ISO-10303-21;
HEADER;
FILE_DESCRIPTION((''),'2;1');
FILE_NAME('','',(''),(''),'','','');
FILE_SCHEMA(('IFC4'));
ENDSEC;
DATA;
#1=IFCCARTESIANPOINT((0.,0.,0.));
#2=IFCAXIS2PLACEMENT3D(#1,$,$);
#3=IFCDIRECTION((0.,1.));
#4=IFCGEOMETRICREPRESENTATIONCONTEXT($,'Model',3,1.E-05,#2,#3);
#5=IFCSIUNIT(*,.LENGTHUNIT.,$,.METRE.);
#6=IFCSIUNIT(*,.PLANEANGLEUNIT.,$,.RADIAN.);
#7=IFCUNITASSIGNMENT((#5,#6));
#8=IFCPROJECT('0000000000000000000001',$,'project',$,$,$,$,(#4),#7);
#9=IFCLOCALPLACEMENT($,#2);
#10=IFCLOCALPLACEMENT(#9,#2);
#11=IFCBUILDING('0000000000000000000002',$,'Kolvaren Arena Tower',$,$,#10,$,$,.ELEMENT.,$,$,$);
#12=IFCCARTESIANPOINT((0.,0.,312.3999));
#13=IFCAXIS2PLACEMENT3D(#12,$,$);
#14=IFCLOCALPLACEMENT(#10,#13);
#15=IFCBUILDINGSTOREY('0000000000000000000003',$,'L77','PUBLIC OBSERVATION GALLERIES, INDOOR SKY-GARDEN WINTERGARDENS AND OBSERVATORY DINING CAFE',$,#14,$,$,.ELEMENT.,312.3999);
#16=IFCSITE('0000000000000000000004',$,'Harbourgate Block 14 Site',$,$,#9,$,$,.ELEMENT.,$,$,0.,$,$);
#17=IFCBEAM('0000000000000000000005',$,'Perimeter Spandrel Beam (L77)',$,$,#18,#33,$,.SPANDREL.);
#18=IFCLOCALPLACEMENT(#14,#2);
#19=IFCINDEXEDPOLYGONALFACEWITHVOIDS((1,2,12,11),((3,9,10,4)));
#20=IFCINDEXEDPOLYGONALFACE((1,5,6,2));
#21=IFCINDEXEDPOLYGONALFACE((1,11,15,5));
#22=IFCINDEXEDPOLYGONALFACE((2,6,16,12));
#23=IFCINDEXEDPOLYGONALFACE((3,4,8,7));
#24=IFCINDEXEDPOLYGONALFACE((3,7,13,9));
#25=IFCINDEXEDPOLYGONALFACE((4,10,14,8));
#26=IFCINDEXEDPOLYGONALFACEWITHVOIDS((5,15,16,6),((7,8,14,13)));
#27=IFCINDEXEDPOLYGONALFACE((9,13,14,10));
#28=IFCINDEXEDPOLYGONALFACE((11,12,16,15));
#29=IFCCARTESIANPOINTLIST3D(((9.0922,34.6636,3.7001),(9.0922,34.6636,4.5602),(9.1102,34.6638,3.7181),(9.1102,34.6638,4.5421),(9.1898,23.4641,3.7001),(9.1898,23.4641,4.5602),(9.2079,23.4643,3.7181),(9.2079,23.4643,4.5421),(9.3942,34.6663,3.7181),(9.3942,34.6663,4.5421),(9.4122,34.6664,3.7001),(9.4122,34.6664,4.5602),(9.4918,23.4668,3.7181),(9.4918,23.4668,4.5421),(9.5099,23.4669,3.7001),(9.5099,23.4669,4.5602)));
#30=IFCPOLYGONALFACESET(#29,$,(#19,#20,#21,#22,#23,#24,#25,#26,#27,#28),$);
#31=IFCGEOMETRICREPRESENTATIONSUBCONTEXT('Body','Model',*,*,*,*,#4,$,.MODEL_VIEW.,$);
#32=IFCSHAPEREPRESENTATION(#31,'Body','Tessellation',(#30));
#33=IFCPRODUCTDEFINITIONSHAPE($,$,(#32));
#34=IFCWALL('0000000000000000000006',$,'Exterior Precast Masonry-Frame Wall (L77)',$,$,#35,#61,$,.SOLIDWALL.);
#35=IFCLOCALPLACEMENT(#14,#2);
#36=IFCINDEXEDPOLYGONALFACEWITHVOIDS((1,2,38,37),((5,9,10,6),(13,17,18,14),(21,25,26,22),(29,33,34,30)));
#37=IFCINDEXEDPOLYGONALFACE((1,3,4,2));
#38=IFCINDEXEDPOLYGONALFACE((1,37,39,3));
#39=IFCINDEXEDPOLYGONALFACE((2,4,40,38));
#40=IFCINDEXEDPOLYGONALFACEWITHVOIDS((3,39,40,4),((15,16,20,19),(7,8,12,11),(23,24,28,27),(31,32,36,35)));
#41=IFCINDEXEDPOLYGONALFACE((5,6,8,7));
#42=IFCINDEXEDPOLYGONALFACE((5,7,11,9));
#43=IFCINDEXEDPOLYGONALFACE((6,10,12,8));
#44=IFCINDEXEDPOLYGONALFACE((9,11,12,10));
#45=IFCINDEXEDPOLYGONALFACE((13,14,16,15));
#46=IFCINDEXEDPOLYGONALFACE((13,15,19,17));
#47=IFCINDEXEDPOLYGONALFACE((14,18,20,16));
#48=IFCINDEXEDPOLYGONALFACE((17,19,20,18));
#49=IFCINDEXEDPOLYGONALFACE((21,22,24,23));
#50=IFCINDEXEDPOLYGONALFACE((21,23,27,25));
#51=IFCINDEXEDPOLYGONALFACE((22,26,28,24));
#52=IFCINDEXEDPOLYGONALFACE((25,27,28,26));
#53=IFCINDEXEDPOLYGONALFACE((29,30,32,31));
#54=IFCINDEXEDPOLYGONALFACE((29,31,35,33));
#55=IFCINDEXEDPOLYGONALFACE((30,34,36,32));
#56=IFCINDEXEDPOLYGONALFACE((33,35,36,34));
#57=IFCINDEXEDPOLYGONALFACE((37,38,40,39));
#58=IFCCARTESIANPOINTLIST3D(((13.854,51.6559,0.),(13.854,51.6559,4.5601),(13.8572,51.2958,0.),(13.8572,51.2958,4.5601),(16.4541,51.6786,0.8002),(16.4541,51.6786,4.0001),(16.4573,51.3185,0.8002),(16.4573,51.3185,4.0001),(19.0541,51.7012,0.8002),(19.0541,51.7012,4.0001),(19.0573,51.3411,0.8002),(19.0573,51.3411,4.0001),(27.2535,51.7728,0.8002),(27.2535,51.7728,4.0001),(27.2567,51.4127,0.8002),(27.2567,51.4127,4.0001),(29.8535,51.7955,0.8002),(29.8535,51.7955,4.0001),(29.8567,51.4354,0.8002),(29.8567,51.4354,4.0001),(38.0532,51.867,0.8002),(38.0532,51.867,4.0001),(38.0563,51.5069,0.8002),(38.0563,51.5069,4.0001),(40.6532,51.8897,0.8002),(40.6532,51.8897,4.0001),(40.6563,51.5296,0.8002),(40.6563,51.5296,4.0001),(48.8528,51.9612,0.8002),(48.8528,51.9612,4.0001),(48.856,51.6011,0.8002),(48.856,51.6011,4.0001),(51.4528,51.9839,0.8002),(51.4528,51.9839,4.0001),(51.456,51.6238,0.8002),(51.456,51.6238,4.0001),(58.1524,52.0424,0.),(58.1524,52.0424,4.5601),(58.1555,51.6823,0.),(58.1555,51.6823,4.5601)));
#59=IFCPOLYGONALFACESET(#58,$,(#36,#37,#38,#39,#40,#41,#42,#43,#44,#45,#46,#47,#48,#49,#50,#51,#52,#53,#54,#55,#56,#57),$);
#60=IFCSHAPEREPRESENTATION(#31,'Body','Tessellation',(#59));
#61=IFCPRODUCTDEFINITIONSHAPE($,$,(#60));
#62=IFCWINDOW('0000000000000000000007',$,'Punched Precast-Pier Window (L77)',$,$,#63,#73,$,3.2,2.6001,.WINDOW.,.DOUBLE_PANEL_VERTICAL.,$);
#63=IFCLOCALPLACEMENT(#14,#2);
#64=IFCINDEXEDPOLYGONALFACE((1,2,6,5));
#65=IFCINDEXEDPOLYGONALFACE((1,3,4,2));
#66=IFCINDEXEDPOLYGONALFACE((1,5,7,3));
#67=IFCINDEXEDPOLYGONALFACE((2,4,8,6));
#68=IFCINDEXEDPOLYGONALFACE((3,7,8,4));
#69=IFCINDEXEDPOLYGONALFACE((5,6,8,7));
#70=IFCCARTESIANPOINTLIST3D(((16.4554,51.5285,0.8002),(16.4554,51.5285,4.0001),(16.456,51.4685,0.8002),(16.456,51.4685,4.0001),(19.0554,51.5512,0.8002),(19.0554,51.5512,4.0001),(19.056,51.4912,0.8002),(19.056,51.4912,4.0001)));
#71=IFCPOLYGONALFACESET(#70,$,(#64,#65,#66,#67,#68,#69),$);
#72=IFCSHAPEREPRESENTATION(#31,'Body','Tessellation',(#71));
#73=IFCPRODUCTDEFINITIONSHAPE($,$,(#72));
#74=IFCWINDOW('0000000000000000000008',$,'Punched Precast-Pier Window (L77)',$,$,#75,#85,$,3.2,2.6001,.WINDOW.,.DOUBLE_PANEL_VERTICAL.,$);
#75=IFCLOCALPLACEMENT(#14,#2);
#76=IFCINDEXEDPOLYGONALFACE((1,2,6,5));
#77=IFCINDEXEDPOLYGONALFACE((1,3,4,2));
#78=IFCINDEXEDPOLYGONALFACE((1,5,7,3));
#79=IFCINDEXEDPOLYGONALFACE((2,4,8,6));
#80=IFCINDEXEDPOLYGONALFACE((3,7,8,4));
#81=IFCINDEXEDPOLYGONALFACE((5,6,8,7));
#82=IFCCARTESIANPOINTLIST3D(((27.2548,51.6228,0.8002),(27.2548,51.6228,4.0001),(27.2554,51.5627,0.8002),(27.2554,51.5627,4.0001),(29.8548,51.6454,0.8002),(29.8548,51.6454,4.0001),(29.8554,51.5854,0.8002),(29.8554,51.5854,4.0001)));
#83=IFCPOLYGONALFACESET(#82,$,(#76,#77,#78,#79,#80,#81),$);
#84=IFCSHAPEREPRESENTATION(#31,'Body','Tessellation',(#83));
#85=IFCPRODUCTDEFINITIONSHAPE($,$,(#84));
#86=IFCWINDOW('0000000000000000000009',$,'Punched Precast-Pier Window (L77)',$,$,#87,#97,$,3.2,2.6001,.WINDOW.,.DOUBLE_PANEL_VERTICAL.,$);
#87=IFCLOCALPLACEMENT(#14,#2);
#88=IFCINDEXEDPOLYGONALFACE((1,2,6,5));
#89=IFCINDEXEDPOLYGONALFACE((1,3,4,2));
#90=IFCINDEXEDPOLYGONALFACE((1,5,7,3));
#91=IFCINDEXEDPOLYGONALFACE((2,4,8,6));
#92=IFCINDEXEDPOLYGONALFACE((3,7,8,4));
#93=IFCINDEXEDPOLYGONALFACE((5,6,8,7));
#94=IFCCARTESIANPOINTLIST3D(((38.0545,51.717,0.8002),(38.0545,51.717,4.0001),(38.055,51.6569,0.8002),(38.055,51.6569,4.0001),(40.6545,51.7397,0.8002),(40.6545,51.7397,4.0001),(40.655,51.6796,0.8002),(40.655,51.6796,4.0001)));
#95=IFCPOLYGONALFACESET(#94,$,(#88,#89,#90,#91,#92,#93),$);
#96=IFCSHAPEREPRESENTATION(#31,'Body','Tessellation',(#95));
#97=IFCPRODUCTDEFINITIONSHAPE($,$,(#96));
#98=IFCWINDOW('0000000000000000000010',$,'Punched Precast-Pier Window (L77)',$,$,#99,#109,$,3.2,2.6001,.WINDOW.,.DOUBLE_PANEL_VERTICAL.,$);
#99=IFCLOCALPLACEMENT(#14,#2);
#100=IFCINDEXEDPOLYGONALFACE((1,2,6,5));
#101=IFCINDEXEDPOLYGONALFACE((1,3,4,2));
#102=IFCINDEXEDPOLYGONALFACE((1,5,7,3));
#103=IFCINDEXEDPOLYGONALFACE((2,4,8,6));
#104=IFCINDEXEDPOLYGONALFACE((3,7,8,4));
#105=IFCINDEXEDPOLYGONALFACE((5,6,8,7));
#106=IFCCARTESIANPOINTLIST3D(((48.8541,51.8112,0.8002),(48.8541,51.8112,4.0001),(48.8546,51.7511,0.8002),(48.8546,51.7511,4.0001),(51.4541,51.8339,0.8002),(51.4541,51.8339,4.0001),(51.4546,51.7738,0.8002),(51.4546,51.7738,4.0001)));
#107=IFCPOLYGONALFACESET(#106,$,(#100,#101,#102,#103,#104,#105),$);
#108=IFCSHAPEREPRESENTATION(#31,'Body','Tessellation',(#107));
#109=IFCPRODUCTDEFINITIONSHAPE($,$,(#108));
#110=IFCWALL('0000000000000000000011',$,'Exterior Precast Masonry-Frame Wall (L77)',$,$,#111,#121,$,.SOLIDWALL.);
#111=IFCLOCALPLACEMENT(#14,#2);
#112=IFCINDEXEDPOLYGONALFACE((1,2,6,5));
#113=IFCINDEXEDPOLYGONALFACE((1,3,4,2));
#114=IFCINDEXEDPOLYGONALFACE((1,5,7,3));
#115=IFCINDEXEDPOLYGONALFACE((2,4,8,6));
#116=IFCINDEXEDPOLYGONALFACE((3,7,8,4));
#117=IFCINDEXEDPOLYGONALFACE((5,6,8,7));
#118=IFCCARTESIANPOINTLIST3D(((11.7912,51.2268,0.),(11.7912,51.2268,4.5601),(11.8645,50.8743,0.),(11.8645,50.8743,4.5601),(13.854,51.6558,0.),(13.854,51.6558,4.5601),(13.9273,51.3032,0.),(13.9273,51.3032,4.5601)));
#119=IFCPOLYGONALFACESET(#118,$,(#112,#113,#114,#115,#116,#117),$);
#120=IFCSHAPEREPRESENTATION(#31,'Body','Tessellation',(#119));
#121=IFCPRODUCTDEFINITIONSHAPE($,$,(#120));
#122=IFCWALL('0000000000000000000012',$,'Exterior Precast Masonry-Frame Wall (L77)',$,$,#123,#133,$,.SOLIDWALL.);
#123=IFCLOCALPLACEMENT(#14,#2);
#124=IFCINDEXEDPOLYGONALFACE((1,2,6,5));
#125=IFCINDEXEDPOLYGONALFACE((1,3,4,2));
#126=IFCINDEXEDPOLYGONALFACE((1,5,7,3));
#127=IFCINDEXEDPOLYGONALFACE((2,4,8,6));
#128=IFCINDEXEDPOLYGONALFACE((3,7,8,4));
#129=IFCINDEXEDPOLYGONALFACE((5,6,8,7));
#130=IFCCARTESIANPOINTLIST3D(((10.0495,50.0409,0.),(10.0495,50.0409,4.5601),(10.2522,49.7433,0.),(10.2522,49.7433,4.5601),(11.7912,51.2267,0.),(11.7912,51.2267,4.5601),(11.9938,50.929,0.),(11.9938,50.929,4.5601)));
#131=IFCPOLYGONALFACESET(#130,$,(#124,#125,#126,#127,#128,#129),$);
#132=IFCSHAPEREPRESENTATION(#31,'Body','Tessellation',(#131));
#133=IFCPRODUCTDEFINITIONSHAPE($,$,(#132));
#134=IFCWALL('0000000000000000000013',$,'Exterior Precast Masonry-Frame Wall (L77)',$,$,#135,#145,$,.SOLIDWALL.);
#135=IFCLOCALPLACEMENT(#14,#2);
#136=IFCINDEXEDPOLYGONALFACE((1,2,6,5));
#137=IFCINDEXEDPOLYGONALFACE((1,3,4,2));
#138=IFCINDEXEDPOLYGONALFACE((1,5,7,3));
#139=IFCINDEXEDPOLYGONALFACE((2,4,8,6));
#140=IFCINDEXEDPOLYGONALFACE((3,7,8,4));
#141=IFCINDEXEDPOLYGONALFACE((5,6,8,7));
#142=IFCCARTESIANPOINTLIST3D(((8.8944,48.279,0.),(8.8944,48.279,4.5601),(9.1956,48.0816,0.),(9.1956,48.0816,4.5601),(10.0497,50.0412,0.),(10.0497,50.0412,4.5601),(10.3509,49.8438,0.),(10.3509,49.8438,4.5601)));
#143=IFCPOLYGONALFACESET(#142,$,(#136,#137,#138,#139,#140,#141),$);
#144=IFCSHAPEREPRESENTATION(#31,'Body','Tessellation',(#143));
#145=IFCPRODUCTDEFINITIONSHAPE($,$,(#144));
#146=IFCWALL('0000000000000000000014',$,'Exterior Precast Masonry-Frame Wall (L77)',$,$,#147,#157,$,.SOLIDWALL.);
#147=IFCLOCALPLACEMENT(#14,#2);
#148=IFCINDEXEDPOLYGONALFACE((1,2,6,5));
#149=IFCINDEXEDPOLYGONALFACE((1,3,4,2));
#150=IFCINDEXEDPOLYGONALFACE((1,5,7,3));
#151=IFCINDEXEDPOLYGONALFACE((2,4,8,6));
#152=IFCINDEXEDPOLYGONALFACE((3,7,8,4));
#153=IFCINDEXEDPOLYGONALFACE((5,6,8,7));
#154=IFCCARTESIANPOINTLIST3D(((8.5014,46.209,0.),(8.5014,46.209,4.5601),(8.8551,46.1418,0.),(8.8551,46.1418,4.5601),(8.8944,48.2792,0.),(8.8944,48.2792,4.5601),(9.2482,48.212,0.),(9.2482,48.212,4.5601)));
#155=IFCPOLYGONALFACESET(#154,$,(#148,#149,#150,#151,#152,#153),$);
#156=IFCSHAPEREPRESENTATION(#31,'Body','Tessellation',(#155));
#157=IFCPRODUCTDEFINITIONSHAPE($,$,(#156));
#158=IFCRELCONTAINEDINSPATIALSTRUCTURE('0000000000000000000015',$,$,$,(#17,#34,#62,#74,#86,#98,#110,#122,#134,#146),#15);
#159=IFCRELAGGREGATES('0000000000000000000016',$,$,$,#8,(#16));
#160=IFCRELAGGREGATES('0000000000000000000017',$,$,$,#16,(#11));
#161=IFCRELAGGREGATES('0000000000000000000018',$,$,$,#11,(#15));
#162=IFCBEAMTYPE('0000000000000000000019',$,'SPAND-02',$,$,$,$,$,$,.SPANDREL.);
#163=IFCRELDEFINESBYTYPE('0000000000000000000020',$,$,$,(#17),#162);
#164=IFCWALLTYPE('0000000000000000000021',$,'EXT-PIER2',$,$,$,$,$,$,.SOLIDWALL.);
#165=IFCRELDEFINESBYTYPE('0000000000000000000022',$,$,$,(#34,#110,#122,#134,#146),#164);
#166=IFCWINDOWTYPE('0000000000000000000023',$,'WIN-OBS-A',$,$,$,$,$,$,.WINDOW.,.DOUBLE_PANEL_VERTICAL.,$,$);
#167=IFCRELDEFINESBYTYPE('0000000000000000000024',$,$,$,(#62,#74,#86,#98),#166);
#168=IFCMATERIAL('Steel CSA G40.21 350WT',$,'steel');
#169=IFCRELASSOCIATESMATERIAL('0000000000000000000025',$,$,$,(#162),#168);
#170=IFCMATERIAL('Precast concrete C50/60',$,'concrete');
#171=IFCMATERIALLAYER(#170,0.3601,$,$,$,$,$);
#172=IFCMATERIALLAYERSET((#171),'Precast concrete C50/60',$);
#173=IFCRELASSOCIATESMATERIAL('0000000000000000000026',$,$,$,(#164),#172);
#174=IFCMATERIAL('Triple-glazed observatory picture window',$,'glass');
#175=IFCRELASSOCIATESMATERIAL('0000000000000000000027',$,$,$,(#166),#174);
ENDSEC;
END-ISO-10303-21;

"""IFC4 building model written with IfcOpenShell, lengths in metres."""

from ifc_helpers import new_model, si_unit, direction, frame, frame_2d, origin, origin_2d, place, context, subcontext, project, spatial, rectangle, hollow_rectangle, extrude, material, layer, layer_set, material_profile, profile_set, type_object, element, fill, save


model = new_model("IFC4")

# Units and contexts
model_context = context("Model", 3, precision=1e-05, world=origin(), true_north=direction((0.0, 1.0)))
body_context = subcontext(model_context, "Body", "Model", "MODEL_VIEW")
ifc_project = project(units=[si_unit("LENGTHUNIT", "METRE"), si_unit("PLANEANGLEUNIT", "RADIAN")], contexts=[model_context])

# Site, building, storey
site_placement = place(None, origin())
site = spatial("IfcSite", under=ifc_project, at=site_placement, Name="Harbourgate Block 14 Site", CompositionType="ELEMENT", RefElevation=0.0)
building_placement = place(site_placement, origin())
building = spatial("IfcBuilding", under=site, at=building_placement, Name="Kolvaren Arena Tower", CompositionType="ELEMENT")
storey_placement = place(building_placement, frame((0.0, 0.0, 312.3999)))
storey = spatial("IfcBuildingStorey", under=building, at=storey_placement, Name="L77", Description="PUBLIC OBSERVATION GALLERIES, INDOOR SKY-GARDEN WINTERGARDENS AND OBSERVATORY DINING CAFE", CompositionType="ELEMENT", Elevation=312.3999)

# Shared definitions
ifc_material_1 = material(Name="Precast concrete C50/60", Category="concrete")

# Beam
ifc_material_2 = material(Name="Steel CSA G40.21 350WT", Category="steel")
ifc_material_profile_1 = material_profile(ifc_material_2, hollow_rectangle(XDim=0.3201, YDim=0.8601, WallThickness=0.0181, at=origin_2d()), Name="HSS 860x320x18")
ifc_profile_set_1 = profile_set([ifc_material_profile_1], Name="Steel CSA G40.21 350WT")
beam_type_1 = type_object("IfcBeamType", Name="SPAND-02", PredefinedType="SPANDREL", material=ifc_profile_set_1)
for number, where, z_axis, x_axis, name in (
    (1, (9.2522, 34.665, 4.1301), (0.008719, -0.999962, 0.0), (0.999962, 0.008719, 0.0), "Perimeter Spandrel Beam (L77)"),
):
    element("IfcBeam", number, at=place(storey_placement, frame(where, z_axis=z_axis, x_axis=x_axis)), inside=storey, type_object=beam_type_1, Name=name, PredefinedType="SPANDREL", context=body_context, shape_type="SweptSolid", body=[
        extrude(hollow_rectangle(XDim=0.3201, YDim=0.8601, WallThickness=0.0181, at=origin_2d()), origin(), (0.0, 0.0, 1.0), 11.2),
    ])

# Wall, openings, windows
ifc_layer = layer(ifc_material_1, 0.3601)
ifc_layer_set = layer_set([ifc_layer], Name="Precast concrete C50/60")
wall_type = type_object("IfcWallType", Name="EXT-PIER2", PredefinedType="SOLIDWALL", material=ifc_layer_set)
wall_placement = place(storey_placement, frame((13.8557, 51.4758, 0.0), z_axis=(0.0, 0.0, 1.0), x_axis=(0.999962, 0.008724, 0.0)))
wall = element("IfcWall", 2, at=wall_placement, inside=storey, type_object=wall_type, Name="Exterior Precast Masonry-Frame Wall (L77)", PredefinedType="SOLIDWALL", context=body_context, shape_type="SweptSolid", body=[
    extrude(rectangle(XDim=44.3, YDim=0.3601, at=frame_2d((22.1499, 0.0))), origin(), (0.0, 0.0, 1.0), 4.5601),
])
opening_1_placement = place(wall_placement, frame((2.6001, 0.0, 0.8)))
opening_1 = element("IfcOpeningElement", 3, at=opening_1_placement, cuts=wall, PredefinedType="OPENING", context=body_context, shape_type="SweptSolid", body=[
    extrude(rectangle(XDim=2.6001, YDim=3.2, at=frame_2d((1.3, 1.6001))), frame((0.0, 0.1899, 0.0), z_axis=(0.0, -1.0, 0.0), x_axis=(1.0, 0.0, 0.0)), (0.0, 0.0, 1.0), 0.3801),
])
opening_2_placement = place(wall_placement, frame((13.3999, 0.0, 0.8)))
opening_2 = element("IfcOpeningElement", 4, at=opening_2_placement, cuts=wall, PredefinedType="OPENING", context=body_context, shape_type="SweptSolid", body=[
    extrude(rectangle(XDim=2.6001, YDim=3.2, at=frame_2d((1.3, 1.6001))), frame((0.0, 0.1899, 0.0), z_axis=(0.0, -1.0, 0.0), x_axis=(1.0, 0.0, 0.0)), (0.0, 0.0, 1.0), 0.3801),
])
opening_3_placement = place(wall_placement, frame((24.2, 0.0, 0.8)))
opening_3 = element("IfcOpeningElement", 5, at=opening_3_placement, cuts=wall, PredefinedType="OPENING", context=body_context, shape_type="SweptSolid", body=[
    extrude(rectangle(XDim=2.6001, YDim=3.2, at=frame_2d((1.3, 1.6001))), frame((0.0, 0.1899, 0.0), z_axis=(0.0, -1.0, 0.0), x_axis=(1.0, 0.0, 0.0)), (0.0, 0.0, 1.0), 0.3801),
])
opening_4_placement = place(wall_placement, frame((35.0, 0.0, 0.8)))
opening_4 = element("IfcOpeningElement", 6, at=opening_4_placement, cuts=wall, PredefinedType="OPENING", context=body_context, shape_type="SweptSolid", body=[
    extrude(rectangle(XDim=2.6001, YDim=3.2, at=frame_2d((1.3, 1.6001))), frame((0.0, 0.1899, 0.0), z_axis=(0.0, -1.0, 0.0), x_axis=(1.0, 0.0, 0.0)), (0.0, 0.0, 1.0), 0.3801),
])
ifc_material_3 = material(Name="Triple-glazed observatory picture window", Category="glass")
window_type = type_object("IfcWindowType", Name="WIN-OBS-A", PartitioningType="DOUBLE_PANEL_VERTICAL", PredefinedType="WINDOW", material=ifc_material_3)
window_1_placement = place(opening_1_placement, origin())
window_1 = element("IfcWindow", 7, at=window_1_placement, inside=storey, type_object=window_type, Name="Punched Precast-Pier Window (L77)", OverallHeight=3.2, OverallWidth=2.6001, PartitioningType="DOUBLE_PANEL_VERTICAL", PredefinedType="WINDOW", context=body_context, shape_type="SweptSolid", body=[
    extrude(rectangle(XDim=2.6001, YDim=3.2, at=frame_2d((1.3, 1.6001))), frame((0.0, 0.03, 0.0), z_axis=(0.0, -1.0, 0.0), x_axis=(1.0, 0.0, 0.0)), (0.0, 0.0, 1.0), 0.0601),
])
fill(opening_1, window_1)
window_2_placement = place(opening_2_placement, origin())
window_2 = element("IfcWindow", 8, at=window_2_placement, inside=storey, type_object=window_type, Name="Punched Precast-Pier Window (L77)", OverallHeight=3.2, OverallWidth=2.6001, PartitioningType="DOUBLE_PANEL_VERTICAL", PredefinedType="WINDOW", context=body_context, shape_type="SweptSolid", body=[
    extrude(rectangle(XDim=2.6001, YDim=3.2, at=frame_2d((1.3, 1.6001))), frame((0.0, 0.03, 0.0), z_axis=(0.0, -1.0, 0.0), x_axis=(1.0, 0.0, 0.0)), (0.0, 0.0, 1.0), 0.0601),
])
fill(opening_2, window_2)
window_3_placement = place(opening_3_placement, origin())
window_3 = element("IfcWindow", 9, at=window_3_placement, inside=storey, type_object=window_type, Name="Punched Precast-Pier Window (L77)", OverallHeight=3.2, OverallWidth=2.6001, PartitioningType="DOUBLE_PANEL_VERTICAL", PredefinedType="WINDOW", context=body_context, shape_type="SweptSolid", body=[
    extrude(rectangle(XDim=2.6001, YDim=3.2, at=frame_2d((1.3, 1.6001))), frame((0.0, 0.03, 0.0), z_axis=(0.0, -1.0, 0.0), x_axis=(1.0, 0.0, 0.0)), (0.0, 0.0, 1.0), 0.0601),
])
fill(opening_3, window_3)
window_4_placement = place(opening_4_placement, origin())
window_4 = element("IfcWindow", 10, at=window_4_placement, inside=storey, type_object=window_type, Name="Punched Precast-Pier Window (L77)", OverallHeight=3.2, OverallWidth=2.6001, PartitioningType="DOUBLE_PANEL_VERTICAL", PredefinedType="WINDOW", context=body_context, shape_type="SweptSolid", body=[
    extrude(rectangle(XDim=2.6001, YDim=3.2, at=frame_2d((1.3, 1.6001))), frame((0.0, 0.03, 0.0), z_axis=(0.0, -1.0, 0.0), x_axis=(1.0, 0.0, 0.0)), (0.0, 0.0, 1.0), 0.0601),
])
fill(opening_4, window_4)

# Walls
for number, where, z_axis, x_axis, name in (
    (11, (11.8279, 51.0505, 0.0), (0.0, 0.0, 1.0), (0.979055, 0.203598, 0.0), "Exterior Precast Masonry-Frame Wall (L77)"),
    (12, (10.1509, 49.8921, 0.0), (0.0, 0.0, 1.0), (0.82661, 0.562776, 0.0), "Exterior Precast Masonry-Frame Wall (L77)"),
):
    element("IfcWall", number, at=place(storey_placement, frame(where, z_axis=z_axis, x_axis=x_axis)), inside=storey, type_object=wall_type, Name=name, PredefinedType="SOLIDWALL", context=body_context, shape_type="SweptSolid", body=[
        extrude(rectangle(XDim=2.1069, YDim=0.3601, at=frame_2d((1.0535, 0.0))), origin(), (0.0, 0.0, 1.0), 4.5601),
    ])
for number, where, z_axis, x_axis, name in (
    (13, (9.0449, 48.1802, 0.0), (0.0, 0.0, 1.0), (0.548267, 0.836304, 0.0), "Exterior Precast Masonry-Frame Wall (L77)"),
    (14, (8.6782, 46.1753, 0.0), (0.0, 0.0, 1.0), (0.186548, 0.982446, 0.0), "Exterior Precast Masonry-Frame Wall (L77)"),
):
    element("IfcWall", number, at=place(storey_placement, frame(where, z_axis=z_axis, x_axis=x_axis)), inside=storey, type_object=wall_type, Name=name, PredefinedType="SOLIDWALL", context=body_context, shape_type="SweptSolid", body=[
        extrude(rectangle(XDim=2.1072, YDim=0.3601, at=frame_2d((1.0537, 0.0))), origin(), (0.0, 0.0, 1.0), 4.5601),
    ])

save(model, "model.ifc")
